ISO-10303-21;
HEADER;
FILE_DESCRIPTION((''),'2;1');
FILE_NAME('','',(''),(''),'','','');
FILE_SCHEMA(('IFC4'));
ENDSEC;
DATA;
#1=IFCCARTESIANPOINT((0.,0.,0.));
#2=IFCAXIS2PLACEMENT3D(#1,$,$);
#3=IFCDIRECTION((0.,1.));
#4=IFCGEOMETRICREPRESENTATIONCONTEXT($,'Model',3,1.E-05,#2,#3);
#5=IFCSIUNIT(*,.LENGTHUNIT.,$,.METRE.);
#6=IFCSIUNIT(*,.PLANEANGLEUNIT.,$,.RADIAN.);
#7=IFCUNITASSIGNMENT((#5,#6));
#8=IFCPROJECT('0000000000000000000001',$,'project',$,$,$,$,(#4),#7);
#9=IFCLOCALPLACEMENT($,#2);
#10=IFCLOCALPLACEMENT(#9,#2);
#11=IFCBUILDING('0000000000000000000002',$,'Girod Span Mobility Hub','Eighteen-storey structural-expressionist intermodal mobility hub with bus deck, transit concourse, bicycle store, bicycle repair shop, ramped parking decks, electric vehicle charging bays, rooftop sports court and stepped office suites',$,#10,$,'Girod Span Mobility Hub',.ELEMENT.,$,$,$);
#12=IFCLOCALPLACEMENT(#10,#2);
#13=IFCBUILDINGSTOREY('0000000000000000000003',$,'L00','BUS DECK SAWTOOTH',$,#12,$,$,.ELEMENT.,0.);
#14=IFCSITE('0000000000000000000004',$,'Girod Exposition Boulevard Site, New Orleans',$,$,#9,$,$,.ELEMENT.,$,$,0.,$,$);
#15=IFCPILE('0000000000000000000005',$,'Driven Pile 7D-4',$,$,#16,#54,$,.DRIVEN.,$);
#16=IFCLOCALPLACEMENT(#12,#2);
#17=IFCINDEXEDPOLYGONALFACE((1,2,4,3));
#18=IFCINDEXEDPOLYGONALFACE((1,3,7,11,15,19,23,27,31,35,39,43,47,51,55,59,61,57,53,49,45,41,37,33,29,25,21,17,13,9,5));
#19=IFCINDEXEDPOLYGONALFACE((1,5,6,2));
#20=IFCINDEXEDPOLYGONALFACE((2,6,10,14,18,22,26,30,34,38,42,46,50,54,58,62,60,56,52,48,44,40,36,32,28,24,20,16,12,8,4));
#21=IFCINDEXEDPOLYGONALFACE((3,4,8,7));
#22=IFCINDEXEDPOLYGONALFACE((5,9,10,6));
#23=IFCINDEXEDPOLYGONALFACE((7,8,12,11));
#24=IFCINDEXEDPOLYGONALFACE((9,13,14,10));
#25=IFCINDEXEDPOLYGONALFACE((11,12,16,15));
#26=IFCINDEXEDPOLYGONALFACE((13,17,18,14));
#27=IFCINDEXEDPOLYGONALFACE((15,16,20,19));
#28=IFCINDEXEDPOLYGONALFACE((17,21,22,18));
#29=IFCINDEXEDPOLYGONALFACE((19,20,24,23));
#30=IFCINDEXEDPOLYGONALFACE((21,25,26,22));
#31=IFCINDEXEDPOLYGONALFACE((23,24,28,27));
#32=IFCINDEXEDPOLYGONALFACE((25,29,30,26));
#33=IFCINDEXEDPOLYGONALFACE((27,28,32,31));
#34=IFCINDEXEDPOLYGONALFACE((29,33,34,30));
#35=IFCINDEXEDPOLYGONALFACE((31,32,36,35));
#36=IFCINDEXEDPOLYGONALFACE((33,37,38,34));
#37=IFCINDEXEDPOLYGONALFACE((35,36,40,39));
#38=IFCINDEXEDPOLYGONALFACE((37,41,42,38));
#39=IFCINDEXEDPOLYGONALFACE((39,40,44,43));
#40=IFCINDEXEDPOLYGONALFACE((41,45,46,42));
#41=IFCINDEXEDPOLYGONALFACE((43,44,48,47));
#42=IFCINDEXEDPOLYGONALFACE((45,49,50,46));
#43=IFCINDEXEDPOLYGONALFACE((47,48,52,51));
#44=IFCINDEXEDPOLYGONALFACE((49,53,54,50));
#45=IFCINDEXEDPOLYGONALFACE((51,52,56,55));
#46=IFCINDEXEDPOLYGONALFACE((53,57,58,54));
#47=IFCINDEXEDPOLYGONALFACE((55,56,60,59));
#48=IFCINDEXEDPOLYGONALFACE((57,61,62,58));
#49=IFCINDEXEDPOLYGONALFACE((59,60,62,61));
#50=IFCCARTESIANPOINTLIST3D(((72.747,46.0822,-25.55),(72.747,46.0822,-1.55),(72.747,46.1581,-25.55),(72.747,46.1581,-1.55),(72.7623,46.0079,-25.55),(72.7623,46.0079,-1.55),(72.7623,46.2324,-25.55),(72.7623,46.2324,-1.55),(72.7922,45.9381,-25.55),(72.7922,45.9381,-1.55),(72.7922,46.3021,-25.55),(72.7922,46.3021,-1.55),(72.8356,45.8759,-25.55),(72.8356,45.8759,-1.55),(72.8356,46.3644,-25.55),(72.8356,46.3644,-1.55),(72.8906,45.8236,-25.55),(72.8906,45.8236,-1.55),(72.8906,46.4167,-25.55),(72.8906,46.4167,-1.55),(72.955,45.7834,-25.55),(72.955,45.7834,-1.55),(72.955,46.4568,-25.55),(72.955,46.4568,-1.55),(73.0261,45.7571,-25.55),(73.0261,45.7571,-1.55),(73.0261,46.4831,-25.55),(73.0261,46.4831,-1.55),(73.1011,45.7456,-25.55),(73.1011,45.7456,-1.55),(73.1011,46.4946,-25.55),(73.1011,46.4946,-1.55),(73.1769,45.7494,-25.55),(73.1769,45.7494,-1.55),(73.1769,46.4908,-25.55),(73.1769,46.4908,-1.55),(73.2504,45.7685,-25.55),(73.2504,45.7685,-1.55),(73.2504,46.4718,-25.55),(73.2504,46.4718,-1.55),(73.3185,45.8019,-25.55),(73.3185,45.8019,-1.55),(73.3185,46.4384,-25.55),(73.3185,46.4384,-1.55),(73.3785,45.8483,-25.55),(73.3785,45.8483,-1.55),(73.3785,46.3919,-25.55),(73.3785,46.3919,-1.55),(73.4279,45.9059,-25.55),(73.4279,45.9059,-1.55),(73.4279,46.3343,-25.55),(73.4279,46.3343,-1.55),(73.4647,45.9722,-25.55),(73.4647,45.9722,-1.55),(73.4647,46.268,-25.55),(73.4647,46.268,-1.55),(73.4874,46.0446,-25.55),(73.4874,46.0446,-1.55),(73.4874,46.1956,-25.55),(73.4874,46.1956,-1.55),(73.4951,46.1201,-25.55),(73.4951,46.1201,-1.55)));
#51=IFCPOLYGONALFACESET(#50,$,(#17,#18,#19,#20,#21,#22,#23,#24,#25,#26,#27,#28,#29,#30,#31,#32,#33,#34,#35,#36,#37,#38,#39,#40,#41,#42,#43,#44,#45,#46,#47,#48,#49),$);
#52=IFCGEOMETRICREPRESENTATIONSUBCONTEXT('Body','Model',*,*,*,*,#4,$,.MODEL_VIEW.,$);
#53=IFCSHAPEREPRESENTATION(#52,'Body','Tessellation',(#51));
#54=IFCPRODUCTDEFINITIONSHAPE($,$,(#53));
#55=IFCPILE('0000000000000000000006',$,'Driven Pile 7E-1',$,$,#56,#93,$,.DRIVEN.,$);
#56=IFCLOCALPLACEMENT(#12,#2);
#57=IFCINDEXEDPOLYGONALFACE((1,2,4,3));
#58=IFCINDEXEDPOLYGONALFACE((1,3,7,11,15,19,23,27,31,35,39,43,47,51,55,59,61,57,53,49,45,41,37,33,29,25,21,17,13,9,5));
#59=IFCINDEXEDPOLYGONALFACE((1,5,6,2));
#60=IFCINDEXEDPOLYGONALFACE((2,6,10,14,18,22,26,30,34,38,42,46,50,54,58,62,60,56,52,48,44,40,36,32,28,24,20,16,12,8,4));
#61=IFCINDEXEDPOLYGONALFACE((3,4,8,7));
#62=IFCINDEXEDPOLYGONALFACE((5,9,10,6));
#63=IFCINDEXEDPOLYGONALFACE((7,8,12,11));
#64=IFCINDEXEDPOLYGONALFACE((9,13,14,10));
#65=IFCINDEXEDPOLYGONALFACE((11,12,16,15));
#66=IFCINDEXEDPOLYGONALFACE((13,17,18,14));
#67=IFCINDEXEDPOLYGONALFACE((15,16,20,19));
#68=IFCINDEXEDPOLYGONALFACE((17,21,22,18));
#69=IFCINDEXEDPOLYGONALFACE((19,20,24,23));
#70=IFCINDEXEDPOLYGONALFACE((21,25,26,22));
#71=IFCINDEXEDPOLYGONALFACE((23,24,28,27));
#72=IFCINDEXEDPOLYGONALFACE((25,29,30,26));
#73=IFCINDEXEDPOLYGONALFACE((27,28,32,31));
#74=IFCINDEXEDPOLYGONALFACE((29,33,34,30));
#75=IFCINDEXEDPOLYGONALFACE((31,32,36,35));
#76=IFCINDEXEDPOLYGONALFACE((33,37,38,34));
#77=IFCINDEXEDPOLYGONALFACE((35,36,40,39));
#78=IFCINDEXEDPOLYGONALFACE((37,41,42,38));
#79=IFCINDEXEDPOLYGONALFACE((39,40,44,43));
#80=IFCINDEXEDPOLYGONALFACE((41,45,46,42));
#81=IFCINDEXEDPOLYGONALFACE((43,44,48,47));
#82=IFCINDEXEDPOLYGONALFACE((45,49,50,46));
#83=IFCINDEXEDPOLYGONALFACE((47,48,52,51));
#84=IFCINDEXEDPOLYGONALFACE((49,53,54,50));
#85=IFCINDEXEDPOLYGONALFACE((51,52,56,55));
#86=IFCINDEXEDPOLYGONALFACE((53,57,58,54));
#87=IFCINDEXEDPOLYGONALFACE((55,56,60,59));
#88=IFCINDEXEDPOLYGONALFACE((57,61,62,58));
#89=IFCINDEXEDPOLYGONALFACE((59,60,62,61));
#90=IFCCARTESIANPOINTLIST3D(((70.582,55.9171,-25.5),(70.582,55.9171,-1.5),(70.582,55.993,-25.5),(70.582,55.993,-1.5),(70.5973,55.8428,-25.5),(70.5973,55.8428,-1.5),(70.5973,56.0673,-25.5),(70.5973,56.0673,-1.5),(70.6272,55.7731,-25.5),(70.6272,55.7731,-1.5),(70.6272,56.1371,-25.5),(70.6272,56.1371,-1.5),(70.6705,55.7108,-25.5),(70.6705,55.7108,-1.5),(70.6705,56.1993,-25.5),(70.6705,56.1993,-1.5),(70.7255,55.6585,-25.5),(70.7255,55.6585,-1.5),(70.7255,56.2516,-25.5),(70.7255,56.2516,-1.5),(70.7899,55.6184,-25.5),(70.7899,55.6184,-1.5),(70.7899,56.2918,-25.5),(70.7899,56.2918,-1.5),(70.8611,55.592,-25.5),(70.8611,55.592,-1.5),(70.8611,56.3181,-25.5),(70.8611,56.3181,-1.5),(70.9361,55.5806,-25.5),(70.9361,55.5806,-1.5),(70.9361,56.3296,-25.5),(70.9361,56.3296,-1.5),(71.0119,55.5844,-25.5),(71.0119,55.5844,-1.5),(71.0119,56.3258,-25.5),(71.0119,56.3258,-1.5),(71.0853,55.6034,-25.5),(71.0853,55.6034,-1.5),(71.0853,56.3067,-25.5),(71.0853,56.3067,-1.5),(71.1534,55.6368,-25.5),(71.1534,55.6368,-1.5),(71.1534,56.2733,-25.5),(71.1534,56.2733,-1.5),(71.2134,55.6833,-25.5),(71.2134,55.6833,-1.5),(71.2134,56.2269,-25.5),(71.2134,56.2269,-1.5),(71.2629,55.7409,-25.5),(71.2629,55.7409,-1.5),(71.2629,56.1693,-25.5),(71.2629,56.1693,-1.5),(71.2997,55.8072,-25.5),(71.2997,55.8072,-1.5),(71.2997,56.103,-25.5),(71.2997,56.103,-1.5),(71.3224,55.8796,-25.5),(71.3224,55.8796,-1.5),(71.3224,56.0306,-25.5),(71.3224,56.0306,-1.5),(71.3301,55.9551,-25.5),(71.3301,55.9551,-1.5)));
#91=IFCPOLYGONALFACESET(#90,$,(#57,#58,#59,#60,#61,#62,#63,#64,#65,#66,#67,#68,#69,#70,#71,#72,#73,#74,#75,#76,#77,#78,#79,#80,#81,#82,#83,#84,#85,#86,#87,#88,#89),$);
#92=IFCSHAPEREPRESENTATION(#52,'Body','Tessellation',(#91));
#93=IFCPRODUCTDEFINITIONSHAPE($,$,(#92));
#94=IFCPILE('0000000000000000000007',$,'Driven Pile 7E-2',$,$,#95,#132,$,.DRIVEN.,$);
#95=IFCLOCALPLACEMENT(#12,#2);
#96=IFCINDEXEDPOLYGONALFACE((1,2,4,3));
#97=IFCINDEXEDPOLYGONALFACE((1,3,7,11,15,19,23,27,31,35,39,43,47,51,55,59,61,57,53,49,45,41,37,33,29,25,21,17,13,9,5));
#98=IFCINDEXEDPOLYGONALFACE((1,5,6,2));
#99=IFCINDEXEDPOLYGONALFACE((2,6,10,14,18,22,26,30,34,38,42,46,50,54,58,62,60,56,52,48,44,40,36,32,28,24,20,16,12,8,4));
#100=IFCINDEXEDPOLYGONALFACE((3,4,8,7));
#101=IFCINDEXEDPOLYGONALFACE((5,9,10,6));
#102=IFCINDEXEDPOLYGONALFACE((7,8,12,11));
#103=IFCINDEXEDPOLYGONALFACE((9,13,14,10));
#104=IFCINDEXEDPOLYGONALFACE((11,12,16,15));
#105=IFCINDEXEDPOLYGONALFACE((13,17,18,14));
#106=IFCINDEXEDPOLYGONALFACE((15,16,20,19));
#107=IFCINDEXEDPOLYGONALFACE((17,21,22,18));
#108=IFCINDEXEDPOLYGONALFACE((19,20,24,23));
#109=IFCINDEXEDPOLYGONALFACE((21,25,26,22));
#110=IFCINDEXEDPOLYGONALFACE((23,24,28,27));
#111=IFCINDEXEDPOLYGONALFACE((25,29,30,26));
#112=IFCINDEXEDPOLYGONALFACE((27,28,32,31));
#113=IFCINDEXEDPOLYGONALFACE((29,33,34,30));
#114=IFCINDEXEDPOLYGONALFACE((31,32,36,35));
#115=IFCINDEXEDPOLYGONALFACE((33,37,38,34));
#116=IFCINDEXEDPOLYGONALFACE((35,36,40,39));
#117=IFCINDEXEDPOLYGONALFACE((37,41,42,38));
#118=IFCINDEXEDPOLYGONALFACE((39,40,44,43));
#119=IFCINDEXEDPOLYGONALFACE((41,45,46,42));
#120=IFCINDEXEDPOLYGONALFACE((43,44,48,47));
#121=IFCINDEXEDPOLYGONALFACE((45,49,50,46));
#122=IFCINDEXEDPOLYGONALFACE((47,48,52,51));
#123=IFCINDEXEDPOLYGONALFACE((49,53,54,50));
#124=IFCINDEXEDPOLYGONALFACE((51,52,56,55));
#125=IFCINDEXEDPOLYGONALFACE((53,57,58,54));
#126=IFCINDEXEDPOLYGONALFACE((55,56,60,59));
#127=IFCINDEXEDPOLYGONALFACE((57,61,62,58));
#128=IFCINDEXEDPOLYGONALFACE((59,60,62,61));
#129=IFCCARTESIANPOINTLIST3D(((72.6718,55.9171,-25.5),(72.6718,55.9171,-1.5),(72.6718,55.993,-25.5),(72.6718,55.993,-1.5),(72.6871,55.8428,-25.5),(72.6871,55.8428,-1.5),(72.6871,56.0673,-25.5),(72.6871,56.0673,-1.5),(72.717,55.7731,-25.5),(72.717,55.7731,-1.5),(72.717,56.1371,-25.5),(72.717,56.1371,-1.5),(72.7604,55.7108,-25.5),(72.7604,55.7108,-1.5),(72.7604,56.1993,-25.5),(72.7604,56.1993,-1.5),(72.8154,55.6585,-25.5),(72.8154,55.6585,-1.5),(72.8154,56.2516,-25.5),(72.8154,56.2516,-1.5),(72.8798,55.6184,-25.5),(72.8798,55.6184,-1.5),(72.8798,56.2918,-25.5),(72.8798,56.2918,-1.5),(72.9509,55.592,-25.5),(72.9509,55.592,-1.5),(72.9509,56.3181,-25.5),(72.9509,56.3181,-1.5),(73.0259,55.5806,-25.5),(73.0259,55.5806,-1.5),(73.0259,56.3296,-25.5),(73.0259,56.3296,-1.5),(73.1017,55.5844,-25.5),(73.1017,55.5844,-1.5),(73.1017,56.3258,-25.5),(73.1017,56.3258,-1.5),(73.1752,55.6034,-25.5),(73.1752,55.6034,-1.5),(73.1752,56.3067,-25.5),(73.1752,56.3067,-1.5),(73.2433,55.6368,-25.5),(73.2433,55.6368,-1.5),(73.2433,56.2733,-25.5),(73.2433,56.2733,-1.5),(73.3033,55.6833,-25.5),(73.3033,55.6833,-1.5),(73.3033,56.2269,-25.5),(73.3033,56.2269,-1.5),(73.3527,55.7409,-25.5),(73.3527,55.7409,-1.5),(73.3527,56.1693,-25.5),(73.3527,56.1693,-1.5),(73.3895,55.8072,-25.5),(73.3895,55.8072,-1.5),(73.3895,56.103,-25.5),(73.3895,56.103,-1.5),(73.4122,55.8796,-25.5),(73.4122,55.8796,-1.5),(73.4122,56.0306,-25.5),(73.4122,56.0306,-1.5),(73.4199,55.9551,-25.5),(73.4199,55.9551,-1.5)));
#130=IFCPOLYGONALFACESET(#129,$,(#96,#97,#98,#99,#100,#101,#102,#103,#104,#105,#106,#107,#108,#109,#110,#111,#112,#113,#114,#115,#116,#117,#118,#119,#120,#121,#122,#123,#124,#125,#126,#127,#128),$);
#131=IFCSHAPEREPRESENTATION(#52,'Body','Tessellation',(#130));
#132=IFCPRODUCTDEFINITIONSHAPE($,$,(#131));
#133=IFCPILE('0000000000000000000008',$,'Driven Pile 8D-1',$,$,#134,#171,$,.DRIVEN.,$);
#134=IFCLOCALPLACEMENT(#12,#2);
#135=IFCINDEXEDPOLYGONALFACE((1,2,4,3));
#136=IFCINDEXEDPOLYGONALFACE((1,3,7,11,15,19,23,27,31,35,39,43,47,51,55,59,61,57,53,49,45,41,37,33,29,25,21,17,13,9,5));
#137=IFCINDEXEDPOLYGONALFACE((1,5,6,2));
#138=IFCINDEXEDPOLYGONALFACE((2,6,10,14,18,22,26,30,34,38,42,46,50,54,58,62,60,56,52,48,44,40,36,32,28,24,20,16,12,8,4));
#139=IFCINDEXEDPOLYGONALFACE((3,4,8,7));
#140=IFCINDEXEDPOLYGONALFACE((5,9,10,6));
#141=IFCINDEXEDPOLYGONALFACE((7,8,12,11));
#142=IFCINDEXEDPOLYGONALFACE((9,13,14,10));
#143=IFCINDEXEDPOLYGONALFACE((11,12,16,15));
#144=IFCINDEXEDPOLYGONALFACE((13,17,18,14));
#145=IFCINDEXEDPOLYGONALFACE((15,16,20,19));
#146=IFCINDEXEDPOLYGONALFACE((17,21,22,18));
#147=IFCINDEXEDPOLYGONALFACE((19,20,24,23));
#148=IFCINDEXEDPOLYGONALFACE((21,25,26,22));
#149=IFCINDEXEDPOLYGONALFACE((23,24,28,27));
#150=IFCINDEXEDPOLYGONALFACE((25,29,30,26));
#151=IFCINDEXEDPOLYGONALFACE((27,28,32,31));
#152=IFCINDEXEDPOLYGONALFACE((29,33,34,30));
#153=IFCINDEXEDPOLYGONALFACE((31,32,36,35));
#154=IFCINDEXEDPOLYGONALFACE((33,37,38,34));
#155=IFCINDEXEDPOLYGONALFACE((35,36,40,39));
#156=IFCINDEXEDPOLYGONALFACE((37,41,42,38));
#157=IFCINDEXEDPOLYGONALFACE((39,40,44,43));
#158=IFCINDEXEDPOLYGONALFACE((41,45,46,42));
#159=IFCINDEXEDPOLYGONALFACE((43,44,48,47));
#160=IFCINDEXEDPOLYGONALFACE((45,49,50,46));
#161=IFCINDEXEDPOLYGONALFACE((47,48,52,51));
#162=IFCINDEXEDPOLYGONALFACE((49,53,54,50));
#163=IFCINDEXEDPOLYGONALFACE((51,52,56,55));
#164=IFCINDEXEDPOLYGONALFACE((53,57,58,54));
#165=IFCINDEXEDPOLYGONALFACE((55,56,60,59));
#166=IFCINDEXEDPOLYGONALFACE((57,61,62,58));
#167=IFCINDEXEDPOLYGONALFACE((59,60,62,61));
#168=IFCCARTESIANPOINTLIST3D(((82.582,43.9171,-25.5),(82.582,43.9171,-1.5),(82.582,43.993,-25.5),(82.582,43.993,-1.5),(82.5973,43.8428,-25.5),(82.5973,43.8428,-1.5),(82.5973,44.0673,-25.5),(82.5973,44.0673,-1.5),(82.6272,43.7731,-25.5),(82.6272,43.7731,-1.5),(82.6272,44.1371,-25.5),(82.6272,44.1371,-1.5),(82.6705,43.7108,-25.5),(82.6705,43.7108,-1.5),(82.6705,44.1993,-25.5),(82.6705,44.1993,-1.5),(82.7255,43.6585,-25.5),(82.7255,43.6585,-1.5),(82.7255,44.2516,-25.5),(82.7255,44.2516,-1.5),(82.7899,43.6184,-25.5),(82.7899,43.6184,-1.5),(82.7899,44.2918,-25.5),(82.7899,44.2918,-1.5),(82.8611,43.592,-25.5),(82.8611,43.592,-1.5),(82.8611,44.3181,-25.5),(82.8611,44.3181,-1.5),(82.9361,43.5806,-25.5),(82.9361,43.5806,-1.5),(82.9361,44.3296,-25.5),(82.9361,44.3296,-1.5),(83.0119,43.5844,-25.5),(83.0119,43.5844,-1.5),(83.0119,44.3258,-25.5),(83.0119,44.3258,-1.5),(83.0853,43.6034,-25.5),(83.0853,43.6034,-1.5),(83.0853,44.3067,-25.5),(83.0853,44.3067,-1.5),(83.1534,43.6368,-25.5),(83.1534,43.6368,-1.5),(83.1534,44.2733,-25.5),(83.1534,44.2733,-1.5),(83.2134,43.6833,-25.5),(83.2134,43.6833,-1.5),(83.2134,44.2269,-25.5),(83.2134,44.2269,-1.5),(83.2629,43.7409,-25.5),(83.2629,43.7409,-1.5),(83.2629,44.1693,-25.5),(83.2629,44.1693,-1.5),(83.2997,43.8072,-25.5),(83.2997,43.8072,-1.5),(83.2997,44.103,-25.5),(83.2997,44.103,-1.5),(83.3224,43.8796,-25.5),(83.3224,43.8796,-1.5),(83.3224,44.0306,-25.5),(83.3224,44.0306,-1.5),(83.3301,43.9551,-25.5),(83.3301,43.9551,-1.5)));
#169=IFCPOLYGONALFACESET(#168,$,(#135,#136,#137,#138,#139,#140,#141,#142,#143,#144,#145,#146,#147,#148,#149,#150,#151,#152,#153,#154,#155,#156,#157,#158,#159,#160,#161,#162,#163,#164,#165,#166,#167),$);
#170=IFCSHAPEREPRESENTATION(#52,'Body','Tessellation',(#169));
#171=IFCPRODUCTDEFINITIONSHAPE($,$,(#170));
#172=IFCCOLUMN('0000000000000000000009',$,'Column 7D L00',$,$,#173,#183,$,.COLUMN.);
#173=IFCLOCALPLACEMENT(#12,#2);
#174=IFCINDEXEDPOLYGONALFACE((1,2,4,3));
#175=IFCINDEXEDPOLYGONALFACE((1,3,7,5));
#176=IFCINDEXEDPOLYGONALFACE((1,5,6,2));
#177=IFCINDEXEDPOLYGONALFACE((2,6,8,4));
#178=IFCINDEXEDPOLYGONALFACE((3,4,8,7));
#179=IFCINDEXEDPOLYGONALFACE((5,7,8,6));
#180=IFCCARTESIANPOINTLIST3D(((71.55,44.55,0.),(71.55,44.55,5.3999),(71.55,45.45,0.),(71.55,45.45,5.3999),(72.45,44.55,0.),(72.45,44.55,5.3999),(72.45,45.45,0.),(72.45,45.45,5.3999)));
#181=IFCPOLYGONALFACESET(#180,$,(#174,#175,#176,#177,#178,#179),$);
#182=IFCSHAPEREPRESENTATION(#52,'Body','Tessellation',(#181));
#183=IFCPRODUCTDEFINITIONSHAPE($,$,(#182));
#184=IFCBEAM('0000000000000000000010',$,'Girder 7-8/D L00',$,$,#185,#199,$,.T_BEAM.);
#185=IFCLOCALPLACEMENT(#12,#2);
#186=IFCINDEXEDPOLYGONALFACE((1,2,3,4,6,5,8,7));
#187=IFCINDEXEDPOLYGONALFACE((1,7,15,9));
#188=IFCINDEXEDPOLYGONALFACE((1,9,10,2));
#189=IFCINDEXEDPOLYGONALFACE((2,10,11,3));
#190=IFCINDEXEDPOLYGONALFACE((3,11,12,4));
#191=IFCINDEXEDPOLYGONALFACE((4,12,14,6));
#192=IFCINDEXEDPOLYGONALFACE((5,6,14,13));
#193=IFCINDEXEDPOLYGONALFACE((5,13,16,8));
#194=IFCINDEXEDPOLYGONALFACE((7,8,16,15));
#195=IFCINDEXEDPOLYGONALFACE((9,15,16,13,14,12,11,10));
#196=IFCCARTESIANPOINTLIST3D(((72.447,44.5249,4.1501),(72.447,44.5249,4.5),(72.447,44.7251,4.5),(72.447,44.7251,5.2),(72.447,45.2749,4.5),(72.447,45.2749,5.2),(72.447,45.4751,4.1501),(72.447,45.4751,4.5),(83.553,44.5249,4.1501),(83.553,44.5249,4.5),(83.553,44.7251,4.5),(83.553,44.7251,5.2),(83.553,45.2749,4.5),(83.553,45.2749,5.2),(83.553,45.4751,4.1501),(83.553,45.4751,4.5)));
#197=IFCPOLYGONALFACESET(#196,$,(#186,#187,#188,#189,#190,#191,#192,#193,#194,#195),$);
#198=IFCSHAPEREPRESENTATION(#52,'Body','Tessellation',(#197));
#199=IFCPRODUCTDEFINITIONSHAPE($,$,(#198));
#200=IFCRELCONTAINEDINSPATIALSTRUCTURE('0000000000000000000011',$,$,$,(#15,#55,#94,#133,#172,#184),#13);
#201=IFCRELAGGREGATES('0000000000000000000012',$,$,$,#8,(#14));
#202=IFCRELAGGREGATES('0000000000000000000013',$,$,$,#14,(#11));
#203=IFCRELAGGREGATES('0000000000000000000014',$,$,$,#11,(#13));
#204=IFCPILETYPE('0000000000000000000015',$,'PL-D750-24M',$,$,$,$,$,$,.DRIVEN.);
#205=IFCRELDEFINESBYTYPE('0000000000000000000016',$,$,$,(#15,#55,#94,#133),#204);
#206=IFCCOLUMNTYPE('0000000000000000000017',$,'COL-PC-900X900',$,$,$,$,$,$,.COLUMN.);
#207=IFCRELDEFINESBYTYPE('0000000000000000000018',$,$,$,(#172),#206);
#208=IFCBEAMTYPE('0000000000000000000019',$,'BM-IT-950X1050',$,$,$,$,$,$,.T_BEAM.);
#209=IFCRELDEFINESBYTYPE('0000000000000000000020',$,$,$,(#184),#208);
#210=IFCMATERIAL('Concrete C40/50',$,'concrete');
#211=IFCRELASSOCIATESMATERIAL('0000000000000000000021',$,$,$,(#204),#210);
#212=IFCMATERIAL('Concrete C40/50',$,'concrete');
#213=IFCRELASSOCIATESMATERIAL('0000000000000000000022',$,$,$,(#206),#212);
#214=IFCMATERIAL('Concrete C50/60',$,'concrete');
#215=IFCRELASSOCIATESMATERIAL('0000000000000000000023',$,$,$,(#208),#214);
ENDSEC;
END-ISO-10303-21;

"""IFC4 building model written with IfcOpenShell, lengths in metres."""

from ifc_helpers import new_model, si_unit, direction, frame, origin, origin_2d, place, context, subcontext, project, spatial, polyline, rectangle, circle, outline, extrude, material, material_profile, profile_set, type_object, element, save


model = new_model("IFC4")

# Units and contexts
model_context = context("Model", 3, precision=1e-05, world=origin(), true_north=direction((0.0, 1.0)))
body_context = subcontext(model_context, "Body", "Model", "MODEL_VIEW")
ifc_project = project(units=[si_unit("LENGTHUNIT", "METRE"), si_unit("PLANEANGLEUNIT", "RADIAN")], contexts=[model_context])

# Site, building, storey
site_placement = place(None, origin())
site = spatial("IfcSite", under=ifc_project, at=site_placement, Name="Girod Exposition Boulevard Site, New Orleans", CompositionType="ELEMENT", RefElevation=0.0)
building_placement = place(site_placement, origin())
building = spatial("IfcBuilding", under=site, at=building_placement, Name="Girod Span Mobility Hub", Description="Eighteen-storey structural-expressionist intermodal mobility hub with bus deck, transit concourse, bicycle store, bicycle repair shop, ramped parking decks, electric vehicle charging bays, rooftop sports court and stepped office suites", LongName="Girod Span Mobility Hub", CompositionType="ELEMENT")
storey_placement = place(building_placement, origin())
storey = spatial("IfcBuildingStorey", under=building, at=storey_placement, Name="L00", Description="BUS DECK SAWTOOTH", CompositionType="ELEMENT", Elevation=0.0)

# Piles
ifc_material_1 = material(Name="Concrete C40/50", Category="concrete")
ifc_material_profile_1 = material_profile(ifc_material_1, circle(Radius=0.375, at=origin_2d()), Name="PILE-D750")
ifc_profile_set_1 = profile_set([ifc_material_profile_1], Name="Concrete C40/50")
pile_type_1 = type_object("IfcPileType", Name="PL-D750-24M", PredefinedType="DRIVEN", material=ifc_profile_set_1)
for number, where, z_axis, x_axis, name in (
    (1, (73.1201, 46.1201, -1.55), (0.0, 0.0, -1.0), (1.0, 0.0, 0.0), "Driven Pile 7D-4"),
    (2, (70.9551, 55.9551, -1.5), (0.0, 0.0, -1.0), (1.0, 0.0, 0.0), "Driven Pile 7E-1"),
    (3, (73.0449, 55.9551, -1.5), (0.0, 0.0, -1.0), (1.0, 0.0, 0.0), "Driven Pile 7E-2"),
    (4, (82.9551, 43.9551, -1.5), (0.0, 0.0, -1.0), (1.0, 0.0, 0.0), "Driven Pile 8D-1"),
):
    element("IfcPile", number, at=place(storey_placement, frame(where, z_axis=z_axis, x_axis=x_axis)), inside=storey, type_object=pile_type_1, Name=name, PredefinedType="DRIVEN", context=body_context, shape_type="SweptSolid", body=[
        extrude(circle(Radius=0.375, at=origin_2d()), origin(), (0.0, 0.0, 1.0), 24.0),
    ])

# Column
ifc_material_2 = material(Name="Concrete C40/50", Category="concrete")
ifc_material_profile_2 = material_profile(ifc_material_2, rectangle(XDim=0.8999, YDim=0.8999, at=origin_2d()), Name="PC-COL-900X900")
ifc_profile_set_2 = profile_set([ifc_material_profile_2], Name="Concrete C40/50")
column_type = type_object("IfcColumnType", Name="COL-PC-900X900", PredefinedType="COLUMN", material=ifc_profile_set_2)
column_placement = place(storey_placement, frame((72.0, 45.0, 0.0), z_axis=(0.0, 0.0, 1.0), x_axis=(1.0, 0.0, 0.0)))
element("IfcColumn", 5, at=column_placement, inside=storey, type_object=column_type, Name="Column 7D L00", PredefinedType="COLUMN", context=body_context, shape_type="SweptSolid", body=[
    extrude(rectangle(XDim=0.8999, YDim=0.8999, at=origin_2d()), origin(), (0.0, 0.0, 1.0), 5.3999),
])

# Beam
ifc_material_3 = material(Name="Concrete C50/60", Category="concrete")
ifc_material_profile_3 = material_profile(ifc_material_3, outline(polyline([(-0.4751, -0.5249), (0.4751, -0.5249), (0.4751, -0.175), (0.2749, -0.175), (0.2749, 0.5249), (-0.2749, 0.5249), (-0.2749, -0.175), (-0.4751, -0.175), (-0.4751, -0.5249)])), Name="IT-950X1050")
ifc_profile_set_3 = profile_set([ifc_material_profile_3], Name="Concrete C50/60")
beam_type_1 = type_object("IfcBeamType", Name="BM-IT-950X1050", PredefinedType="T_BEAM", material=ifc_profile_set_3)
beam_1_placement = place(storey_placement, frame((72.447, 45.0, 4.675), z_axis=(1.0, 0.0, 0.0), x_axis=(0.0, 1.0, 0.0)))
element("IfcBeam", 6, at=beam_1_placement, inside=storey, type_object=beam_type_1, Name="Girder 7-8/D L00", PredefinedType="T_BEAM", context=body_context, shape_type="SweptSolid", body=[
    extrude(outline(polyline([(-0.4751, -0.5249), (0.4751, -0.5249), (0.4751, -0.175), (0.2749, -0.175), (0.2749, 0.5249), (-0.2749, 0.5249), (-0.2749, -0.175), (-0.4751, -0.175), (-0.4751, -0.5249)])), origin(), (0.0, 0.0, 1.0), 11.106),
])

save(model, "model.ifc")
